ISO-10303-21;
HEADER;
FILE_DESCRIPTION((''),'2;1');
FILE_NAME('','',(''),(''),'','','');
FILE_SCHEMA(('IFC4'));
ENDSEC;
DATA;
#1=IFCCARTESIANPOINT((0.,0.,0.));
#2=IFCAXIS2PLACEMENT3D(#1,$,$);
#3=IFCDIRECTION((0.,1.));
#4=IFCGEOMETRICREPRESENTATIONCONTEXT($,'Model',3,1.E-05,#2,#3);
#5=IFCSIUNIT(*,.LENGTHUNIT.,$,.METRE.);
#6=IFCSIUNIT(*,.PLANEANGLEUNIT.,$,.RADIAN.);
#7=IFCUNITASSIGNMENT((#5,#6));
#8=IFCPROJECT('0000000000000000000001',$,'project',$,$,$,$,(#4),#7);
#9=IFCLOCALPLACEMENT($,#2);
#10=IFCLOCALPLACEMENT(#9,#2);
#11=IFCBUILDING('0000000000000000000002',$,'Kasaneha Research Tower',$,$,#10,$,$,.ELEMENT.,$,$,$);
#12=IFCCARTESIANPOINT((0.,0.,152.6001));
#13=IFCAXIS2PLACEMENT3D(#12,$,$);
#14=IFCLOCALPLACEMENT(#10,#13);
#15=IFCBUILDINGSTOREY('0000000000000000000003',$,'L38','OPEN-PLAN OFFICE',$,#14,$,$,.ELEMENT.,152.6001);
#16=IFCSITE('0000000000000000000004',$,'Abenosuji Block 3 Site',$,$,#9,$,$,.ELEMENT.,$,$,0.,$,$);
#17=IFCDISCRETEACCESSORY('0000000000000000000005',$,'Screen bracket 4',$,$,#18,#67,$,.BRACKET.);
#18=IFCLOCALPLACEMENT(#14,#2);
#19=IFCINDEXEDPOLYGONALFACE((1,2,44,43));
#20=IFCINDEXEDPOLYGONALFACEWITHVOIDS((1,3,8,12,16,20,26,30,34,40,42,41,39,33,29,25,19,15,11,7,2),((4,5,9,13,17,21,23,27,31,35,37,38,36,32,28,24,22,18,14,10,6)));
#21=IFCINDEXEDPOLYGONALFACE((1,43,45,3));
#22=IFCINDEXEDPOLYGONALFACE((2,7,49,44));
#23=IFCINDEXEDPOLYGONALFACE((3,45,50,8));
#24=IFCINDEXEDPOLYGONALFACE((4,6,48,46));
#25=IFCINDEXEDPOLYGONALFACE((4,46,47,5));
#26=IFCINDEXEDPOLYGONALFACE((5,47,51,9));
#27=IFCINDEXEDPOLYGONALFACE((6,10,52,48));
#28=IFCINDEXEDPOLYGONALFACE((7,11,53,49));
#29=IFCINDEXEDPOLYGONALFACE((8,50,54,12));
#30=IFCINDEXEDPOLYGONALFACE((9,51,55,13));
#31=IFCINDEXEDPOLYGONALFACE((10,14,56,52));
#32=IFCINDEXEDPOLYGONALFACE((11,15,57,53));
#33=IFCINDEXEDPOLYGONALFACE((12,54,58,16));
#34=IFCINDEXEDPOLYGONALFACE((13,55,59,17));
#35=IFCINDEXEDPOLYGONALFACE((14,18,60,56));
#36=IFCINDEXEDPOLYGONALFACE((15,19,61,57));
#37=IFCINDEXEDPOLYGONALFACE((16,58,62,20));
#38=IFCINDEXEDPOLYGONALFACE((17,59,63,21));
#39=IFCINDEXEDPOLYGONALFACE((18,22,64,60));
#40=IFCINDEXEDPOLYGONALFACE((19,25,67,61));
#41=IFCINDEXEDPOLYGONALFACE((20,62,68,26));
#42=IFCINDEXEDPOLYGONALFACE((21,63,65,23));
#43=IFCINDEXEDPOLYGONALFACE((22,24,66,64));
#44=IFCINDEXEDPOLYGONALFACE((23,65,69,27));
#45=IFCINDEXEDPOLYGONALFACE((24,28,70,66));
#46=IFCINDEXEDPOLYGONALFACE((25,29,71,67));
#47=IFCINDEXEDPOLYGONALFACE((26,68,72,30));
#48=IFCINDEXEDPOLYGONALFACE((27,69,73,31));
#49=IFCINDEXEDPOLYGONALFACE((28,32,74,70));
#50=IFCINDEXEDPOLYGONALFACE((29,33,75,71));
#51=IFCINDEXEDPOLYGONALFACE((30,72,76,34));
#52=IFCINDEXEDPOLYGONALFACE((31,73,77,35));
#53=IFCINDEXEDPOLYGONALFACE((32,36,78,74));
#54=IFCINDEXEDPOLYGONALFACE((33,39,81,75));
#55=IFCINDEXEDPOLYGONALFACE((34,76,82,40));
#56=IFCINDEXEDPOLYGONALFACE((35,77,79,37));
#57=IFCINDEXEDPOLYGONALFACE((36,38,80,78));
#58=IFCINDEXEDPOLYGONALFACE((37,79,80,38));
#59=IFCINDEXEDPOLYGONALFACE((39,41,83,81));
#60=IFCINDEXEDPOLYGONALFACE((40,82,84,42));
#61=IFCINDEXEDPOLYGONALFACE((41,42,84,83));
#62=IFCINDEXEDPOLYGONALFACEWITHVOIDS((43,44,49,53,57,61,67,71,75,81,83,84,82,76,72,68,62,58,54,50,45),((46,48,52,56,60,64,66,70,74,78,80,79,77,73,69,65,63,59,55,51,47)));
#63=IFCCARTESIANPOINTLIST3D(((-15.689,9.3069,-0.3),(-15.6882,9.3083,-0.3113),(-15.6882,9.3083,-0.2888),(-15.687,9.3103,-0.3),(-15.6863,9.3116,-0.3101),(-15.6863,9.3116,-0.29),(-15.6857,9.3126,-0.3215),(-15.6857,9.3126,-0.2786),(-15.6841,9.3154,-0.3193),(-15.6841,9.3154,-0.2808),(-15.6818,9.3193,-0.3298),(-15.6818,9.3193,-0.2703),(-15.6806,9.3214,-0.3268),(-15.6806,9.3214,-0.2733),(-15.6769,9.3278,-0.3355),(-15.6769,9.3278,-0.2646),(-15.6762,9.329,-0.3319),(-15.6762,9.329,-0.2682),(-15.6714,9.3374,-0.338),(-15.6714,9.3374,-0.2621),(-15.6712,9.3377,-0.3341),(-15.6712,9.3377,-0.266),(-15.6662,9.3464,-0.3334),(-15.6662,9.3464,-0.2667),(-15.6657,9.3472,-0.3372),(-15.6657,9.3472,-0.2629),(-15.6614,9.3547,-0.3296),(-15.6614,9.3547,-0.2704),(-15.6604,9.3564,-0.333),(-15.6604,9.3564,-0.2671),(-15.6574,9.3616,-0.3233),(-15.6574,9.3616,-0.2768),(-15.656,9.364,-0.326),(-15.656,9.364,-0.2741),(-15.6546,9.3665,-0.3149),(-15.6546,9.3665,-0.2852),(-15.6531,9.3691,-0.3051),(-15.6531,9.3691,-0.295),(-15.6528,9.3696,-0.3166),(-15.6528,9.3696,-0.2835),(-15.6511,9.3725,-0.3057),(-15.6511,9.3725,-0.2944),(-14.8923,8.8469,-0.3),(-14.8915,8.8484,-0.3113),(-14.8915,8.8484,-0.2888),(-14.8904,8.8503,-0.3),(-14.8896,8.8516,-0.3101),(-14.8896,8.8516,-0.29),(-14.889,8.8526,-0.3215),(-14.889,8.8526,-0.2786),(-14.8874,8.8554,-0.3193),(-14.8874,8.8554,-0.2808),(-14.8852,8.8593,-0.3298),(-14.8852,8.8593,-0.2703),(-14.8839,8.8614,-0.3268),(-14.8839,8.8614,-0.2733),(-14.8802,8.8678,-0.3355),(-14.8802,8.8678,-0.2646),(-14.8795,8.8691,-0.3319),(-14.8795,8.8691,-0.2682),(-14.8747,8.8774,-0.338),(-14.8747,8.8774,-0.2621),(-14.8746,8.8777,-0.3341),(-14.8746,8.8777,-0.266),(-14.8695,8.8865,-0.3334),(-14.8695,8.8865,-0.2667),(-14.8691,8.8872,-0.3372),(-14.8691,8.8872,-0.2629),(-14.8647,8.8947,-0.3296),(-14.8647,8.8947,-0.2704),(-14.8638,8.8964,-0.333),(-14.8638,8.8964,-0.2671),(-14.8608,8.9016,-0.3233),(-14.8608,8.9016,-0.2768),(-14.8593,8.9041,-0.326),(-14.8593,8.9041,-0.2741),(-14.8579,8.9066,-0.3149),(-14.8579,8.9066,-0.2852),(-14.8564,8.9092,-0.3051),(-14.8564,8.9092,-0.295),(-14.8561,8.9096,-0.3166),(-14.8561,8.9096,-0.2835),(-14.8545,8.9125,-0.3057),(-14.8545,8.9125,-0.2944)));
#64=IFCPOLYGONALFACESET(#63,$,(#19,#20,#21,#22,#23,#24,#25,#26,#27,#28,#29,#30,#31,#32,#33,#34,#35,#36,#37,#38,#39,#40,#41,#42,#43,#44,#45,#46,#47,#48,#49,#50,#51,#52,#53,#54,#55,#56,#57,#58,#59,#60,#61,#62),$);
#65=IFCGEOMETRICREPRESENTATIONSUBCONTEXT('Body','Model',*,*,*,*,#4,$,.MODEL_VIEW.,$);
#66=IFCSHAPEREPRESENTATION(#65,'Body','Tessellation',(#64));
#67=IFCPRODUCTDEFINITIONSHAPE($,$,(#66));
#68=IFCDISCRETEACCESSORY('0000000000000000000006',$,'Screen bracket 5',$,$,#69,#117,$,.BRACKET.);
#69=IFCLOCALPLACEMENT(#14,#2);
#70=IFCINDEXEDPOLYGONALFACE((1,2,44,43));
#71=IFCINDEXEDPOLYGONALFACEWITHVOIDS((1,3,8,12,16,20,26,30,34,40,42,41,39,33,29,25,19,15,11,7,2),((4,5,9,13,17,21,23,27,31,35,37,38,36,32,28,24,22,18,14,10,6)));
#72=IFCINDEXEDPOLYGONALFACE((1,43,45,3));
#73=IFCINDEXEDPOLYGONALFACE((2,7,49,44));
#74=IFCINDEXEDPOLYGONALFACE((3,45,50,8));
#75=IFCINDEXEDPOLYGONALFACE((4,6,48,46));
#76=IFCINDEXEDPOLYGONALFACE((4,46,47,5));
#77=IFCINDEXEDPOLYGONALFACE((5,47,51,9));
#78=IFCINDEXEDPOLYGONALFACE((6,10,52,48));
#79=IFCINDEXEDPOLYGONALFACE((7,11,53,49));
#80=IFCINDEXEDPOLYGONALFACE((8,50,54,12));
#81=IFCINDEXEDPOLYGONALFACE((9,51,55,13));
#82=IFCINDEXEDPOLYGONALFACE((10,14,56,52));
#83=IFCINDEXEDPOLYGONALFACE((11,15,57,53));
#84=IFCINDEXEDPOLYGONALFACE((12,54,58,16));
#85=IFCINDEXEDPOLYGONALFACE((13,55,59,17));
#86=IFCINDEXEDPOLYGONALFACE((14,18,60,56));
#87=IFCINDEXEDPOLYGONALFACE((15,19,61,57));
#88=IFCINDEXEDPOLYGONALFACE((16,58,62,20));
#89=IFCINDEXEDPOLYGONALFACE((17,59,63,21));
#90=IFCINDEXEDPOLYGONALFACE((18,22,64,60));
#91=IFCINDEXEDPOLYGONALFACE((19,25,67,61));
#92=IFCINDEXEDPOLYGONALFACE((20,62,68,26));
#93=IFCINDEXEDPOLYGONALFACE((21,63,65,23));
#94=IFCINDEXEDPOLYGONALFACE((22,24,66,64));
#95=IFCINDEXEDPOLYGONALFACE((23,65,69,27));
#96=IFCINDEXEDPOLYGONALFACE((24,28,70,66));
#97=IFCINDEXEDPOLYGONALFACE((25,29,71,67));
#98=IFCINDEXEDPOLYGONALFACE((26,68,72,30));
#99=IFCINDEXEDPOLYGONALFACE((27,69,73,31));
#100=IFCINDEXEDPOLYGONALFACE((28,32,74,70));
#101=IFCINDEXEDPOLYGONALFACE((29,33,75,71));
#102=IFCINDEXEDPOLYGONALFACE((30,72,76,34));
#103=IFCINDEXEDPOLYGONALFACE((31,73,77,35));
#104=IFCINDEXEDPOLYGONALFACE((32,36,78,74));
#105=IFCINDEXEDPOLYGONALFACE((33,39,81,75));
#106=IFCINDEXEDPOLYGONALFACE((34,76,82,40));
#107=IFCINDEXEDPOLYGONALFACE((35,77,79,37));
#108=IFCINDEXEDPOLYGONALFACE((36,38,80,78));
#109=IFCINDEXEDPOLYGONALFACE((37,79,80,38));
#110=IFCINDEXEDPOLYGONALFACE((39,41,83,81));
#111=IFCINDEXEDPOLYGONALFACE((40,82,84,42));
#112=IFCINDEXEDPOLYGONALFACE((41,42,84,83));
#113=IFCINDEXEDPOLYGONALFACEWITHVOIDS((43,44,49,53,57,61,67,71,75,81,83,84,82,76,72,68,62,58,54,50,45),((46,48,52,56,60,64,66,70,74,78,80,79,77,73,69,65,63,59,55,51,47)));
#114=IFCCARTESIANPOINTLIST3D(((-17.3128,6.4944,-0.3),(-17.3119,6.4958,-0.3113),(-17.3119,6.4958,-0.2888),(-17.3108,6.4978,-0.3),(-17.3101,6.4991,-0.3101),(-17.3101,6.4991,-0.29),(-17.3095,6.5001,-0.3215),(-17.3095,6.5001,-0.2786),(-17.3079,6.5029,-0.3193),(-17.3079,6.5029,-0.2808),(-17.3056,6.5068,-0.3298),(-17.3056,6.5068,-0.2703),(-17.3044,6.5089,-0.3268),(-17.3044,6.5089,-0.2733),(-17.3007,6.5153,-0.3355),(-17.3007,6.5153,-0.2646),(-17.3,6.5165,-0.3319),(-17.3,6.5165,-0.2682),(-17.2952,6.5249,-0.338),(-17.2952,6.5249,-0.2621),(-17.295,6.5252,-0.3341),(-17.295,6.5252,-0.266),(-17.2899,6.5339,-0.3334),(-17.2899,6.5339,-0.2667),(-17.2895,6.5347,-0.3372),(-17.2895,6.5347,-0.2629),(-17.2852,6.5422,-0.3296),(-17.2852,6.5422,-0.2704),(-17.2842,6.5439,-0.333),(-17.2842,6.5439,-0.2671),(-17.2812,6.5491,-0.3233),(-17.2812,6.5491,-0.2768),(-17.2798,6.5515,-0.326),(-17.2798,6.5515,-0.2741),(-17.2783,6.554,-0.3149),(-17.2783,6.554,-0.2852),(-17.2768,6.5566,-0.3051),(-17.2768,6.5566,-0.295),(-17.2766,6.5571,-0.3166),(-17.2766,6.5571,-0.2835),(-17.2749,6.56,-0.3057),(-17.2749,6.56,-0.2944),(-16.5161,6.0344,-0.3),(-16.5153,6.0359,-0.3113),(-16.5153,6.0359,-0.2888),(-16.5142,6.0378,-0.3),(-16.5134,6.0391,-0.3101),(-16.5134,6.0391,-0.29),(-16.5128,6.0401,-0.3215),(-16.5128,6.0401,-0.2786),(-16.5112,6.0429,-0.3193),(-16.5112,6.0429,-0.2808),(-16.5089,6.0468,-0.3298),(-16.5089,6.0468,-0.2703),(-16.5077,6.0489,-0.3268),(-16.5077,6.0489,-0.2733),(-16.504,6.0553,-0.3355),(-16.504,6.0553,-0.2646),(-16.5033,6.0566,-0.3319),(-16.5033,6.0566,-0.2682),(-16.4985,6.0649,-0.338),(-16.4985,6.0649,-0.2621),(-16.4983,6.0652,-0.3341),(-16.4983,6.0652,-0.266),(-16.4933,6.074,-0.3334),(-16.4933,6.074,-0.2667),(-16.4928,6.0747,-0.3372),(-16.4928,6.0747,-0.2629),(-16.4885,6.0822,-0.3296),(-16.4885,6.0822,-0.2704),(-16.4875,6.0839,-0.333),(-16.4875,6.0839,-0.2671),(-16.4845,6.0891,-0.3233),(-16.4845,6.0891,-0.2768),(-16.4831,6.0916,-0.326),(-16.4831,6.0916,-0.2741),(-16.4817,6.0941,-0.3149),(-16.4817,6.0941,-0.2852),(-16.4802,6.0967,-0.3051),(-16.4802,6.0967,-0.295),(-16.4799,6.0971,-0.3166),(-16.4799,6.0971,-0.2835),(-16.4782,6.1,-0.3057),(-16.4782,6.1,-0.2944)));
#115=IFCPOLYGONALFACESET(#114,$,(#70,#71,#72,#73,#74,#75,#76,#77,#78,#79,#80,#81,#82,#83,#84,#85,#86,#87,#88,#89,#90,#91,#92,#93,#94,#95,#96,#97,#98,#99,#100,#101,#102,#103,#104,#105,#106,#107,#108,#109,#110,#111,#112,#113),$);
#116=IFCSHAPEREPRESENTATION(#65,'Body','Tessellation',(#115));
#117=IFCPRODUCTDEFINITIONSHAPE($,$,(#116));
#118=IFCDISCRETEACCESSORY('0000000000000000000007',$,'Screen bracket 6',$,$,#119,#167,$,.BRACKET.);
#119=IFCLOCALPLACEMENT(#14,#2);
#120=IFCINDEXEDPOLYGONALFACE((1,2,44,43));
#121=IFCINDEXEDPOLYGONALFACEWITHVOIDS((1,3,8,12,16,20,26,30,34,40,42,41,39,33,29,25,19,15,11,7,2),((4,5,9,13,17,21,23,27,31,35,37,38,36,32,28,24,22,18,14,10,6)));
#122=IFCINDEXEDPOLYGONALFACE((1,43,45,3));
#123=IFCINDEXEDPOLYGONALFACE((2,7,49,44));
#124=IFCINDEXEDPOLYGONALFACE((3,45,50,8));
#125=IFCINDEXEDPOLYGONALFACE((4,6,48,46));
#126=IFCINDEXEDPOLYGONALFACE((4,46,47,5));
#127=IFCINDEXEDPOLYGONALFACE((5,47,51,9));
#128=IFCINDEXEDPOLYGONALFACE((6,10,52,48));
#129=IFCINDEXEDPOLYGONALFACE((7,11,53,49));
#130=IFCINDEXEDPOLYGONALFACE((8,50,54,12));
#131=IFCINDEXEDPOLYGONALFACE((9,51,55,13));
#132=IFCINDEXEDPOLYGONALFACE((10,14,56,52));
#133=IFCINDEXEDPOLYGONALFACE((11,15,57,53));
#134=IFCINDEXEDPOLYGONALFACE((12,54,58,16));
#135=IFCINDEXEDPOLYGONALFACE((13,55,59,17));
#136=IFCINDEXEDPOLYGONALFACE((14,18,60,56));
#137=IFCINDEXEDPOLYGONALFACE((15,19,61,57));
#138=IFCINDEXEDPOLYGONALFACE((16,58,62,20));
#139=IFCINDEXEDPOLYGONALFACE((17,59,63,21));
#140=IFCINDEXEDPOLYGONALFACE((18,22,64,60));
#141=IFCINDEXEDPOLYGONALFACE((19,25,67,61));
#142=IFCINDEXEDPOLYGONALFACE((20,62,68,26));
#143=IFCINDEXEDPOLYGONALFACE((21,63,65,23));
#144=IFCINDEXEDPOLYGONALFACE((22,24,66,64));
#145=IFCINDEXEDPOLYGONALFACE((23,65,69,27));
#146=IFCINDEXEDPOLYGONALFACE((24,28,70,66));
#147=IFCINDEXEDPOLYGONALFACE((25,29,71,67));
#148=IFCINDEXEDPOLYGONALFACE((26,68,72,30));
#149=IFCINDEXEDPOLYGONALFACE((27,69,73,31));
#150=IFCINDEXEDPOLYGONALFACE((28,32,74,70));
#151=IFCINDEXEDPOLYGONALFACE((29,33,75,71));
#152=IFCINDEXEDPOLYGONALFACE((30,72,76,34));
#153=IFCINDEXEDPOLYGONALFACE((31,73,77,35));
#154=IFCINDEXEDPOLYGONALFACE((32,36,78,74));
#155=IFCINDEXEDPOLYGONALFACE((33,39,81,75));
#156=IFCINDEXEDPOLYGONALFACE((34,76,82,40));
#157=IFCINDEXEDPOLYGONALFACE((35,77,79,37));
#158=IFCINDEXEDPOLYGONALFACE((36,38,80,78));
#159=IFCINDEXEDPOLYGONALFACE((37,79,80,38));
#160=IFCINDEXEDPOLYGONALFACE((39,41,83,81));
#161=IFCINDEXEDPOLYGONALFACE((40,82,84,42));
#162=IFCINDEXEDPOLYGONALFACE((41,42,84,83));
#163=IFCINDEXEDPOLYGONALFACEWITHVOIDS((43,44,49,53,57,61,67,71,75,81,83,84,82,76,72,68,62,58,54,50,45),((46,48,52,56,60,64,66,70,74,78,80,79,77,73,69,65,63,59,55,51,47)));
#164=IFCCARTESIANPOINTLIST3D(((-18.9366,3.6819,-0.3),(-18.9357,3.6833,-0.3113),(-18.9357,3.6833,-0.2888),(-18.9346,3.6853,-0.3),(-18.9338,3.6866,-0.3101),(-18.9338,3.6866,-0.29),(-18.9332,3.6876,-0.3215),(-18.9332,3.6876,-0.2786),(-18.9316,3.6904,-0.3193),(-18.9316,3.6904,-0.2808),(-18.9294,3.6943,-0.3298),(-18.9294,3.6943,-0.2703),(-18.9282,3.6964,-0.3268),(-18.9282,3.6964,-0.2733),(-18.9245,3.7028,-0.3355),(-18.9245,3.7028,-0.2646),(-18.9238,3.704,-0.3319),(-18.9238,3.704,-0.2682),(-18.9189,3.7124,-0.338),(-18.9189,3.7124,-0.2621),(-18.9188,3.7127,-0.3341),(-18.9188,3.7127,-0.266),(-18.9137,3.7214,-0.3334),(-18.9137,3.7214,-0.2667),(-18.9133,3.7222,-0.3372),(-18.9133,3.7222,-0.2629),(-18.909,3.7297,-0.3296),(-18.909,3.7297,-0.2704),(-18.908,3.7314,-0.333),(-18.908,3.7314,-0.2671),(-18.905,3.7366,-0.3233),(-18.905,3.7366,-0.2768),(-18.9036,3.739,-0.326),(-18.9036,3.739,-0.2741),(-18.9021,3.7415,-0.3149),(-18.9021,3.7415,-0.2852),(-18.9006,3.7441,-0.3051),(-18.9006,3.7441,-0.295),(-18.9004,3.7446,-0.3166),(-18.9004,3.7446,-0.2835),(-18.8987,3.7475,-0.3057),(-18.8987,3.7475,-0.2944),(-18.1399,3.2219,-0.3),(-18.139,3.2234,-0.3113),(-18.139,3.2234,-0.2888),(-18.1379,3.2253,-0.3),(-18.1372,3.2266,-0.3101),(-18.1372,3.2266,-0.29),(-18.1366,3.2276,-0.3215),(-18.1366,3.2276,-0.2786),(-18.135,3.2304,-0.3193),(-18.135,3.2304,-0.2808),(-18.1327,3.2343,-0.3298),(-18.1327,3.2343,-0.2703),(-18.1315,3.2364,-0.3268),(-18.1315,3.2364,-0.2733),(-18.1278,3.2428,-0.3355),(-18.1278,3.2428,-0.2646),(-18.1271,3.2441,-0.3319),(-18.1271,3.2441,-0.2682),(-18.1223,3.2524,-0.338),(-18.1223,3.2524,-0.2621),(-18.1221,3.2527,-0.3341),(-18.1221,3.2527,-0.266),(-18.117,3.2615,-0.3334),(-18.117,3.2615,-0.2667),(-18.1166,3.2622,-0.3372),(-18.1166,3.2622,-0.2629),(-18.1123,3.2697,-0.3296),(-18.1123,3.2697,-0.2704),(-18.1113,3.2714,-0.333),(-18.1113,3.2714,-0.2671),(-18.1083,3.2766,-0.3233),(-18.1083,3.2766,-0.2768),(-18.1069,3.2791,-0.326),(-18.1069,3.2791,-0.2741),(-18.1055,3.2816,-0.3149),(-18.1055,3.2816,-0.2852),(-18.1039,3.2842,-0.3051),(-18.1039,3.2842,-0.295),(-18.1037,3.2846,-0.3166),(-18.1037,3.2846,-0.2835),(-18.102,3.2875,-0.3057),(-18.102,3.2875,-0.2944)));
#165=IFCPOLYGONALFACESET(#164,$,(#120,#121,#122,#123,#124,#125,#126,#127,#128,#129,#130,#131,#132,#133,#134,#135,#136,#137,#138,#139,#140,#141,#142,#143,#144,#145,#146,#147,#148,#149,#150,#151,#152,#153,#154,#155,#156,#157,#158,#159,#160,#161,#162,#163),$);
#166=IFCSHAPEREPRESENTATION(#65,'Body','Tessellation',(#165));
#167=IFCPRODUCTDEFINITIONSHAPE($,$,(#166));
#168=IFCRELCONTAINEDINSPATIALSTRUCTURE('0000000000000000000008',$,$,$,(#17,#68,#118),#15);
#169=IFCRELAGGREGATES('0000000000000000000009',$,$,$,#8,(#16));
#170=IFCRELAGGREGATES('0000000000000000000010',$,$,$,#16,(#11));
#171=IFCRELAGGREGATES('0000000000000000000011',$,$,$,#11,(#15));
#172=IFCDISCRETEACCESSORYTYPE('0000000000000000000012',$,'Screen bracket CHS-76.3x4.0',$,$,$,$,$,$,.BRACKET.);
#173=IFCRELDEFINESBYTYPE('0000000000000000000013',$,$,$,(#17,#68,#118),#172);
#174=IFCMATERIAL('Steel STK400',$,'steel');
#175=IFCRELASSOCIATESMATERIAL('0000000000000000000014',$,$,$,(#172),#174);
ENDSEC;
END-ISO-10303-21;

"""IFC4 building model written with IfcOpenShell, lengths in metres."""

from ifc_helpers import new_model, si_unit, direction, frame, origin, origin_2d, place, context, subcontext, project, spatial, hollow_circle, extrude, material, material_profile, profile_set, type_object, element, save


model = new_model("IFC4")

# Units and contexts
model_context = context("Model", 3, precision=1e-05, world=origin(), true_north=direction((0.0, 1.0)))
body_context = subcontext(model_context, "Body", "Model", "MODEL_VIEW")
ifc_project = project(units=[si_unit("LENGTHUNIT", "METRE"), si_unit("PLANEANGLEUNIT", "RADIAN")], contexts=[model_context])

# Site, building, storey
site_placement = place(None, origin())
site = spatial("IfcSite", under=ifc_project, at=site_placement, Name="Abenosuji Block 3 Site", CompositionType="ELEMENT", RefElevation=0.0)
building_placement = place(site_placement, origin())
building = spatial("IfcBuilding", under=site, at=building_placement, Name="Kasaneha Research Tower", CompositionType="ELEMENT")
storey_placement = place(building_placement, frame((0.0, 0.0, 152.6001)))
storey = spatial("IfcBuildingStorey", under=building, at=storey_placement, Name="L38", Description="OPEN-PLAN OFFICE", CompositionType="ELEMENT", Elevation=152.6001)

# Discrete accessories
ifc_material_1 = material(Name="Steel STK400", Category="steel")
ifc_material_profile_1 = material_profile(ifc_material_1, hollow_circle(Radius=0.0381, WallThickness=0.0039, at=origin_2d()), Name="CHS-76.3x4.0")
ifc_profile_set_1 = profile_set([ifc_material_profile_1], Name="Steel STK400")
discrete_accessory_type = type_object("IfcDiscreteAccessoryType", Name="Screen bracket CHS-76.3x4.0", PredefinedType="BRACKET", material=ifc_profile_set_1)
for number, where, z_axis, x_axis, name in (
    (1, (-14.8733, 8.8799, -0.3), (-0.866013, 0.500021, 0.0), (-0.500021, -0.866013, 0.0), "Screen bracket 4"),
    (2, (-16.4971, 6.0674, -0.3), (-0.866013, 0.500021, 0.0), (-0.500021, -0.866013, 0.0), "Screen bracket 5"),
    (3, (-18.1208, 3.2549, -0.3), (-0.866013, 0.500021, 0.0), (-0.500021, -0.866013, 0.0), "Screen bracket 6"),
):
    element("IfcDiscreteAccessory", number, at=place(storey_placement, frame(where, z_axis=z_axis, x_axis=x_axis)), inside=storey, type_object=discrete_accessory_type, Name=name, PredefinedType="BRACKET", context=body_context, shape_type="SweptSolid", body=[
        extrude(hollow_circle(Radius=0.0381, WallThickness=0.0039, at=origin_2d()), origin(), (0.0, 0.0, 1.0), 0.9199),
    ])

save(model, "model.ifc")
